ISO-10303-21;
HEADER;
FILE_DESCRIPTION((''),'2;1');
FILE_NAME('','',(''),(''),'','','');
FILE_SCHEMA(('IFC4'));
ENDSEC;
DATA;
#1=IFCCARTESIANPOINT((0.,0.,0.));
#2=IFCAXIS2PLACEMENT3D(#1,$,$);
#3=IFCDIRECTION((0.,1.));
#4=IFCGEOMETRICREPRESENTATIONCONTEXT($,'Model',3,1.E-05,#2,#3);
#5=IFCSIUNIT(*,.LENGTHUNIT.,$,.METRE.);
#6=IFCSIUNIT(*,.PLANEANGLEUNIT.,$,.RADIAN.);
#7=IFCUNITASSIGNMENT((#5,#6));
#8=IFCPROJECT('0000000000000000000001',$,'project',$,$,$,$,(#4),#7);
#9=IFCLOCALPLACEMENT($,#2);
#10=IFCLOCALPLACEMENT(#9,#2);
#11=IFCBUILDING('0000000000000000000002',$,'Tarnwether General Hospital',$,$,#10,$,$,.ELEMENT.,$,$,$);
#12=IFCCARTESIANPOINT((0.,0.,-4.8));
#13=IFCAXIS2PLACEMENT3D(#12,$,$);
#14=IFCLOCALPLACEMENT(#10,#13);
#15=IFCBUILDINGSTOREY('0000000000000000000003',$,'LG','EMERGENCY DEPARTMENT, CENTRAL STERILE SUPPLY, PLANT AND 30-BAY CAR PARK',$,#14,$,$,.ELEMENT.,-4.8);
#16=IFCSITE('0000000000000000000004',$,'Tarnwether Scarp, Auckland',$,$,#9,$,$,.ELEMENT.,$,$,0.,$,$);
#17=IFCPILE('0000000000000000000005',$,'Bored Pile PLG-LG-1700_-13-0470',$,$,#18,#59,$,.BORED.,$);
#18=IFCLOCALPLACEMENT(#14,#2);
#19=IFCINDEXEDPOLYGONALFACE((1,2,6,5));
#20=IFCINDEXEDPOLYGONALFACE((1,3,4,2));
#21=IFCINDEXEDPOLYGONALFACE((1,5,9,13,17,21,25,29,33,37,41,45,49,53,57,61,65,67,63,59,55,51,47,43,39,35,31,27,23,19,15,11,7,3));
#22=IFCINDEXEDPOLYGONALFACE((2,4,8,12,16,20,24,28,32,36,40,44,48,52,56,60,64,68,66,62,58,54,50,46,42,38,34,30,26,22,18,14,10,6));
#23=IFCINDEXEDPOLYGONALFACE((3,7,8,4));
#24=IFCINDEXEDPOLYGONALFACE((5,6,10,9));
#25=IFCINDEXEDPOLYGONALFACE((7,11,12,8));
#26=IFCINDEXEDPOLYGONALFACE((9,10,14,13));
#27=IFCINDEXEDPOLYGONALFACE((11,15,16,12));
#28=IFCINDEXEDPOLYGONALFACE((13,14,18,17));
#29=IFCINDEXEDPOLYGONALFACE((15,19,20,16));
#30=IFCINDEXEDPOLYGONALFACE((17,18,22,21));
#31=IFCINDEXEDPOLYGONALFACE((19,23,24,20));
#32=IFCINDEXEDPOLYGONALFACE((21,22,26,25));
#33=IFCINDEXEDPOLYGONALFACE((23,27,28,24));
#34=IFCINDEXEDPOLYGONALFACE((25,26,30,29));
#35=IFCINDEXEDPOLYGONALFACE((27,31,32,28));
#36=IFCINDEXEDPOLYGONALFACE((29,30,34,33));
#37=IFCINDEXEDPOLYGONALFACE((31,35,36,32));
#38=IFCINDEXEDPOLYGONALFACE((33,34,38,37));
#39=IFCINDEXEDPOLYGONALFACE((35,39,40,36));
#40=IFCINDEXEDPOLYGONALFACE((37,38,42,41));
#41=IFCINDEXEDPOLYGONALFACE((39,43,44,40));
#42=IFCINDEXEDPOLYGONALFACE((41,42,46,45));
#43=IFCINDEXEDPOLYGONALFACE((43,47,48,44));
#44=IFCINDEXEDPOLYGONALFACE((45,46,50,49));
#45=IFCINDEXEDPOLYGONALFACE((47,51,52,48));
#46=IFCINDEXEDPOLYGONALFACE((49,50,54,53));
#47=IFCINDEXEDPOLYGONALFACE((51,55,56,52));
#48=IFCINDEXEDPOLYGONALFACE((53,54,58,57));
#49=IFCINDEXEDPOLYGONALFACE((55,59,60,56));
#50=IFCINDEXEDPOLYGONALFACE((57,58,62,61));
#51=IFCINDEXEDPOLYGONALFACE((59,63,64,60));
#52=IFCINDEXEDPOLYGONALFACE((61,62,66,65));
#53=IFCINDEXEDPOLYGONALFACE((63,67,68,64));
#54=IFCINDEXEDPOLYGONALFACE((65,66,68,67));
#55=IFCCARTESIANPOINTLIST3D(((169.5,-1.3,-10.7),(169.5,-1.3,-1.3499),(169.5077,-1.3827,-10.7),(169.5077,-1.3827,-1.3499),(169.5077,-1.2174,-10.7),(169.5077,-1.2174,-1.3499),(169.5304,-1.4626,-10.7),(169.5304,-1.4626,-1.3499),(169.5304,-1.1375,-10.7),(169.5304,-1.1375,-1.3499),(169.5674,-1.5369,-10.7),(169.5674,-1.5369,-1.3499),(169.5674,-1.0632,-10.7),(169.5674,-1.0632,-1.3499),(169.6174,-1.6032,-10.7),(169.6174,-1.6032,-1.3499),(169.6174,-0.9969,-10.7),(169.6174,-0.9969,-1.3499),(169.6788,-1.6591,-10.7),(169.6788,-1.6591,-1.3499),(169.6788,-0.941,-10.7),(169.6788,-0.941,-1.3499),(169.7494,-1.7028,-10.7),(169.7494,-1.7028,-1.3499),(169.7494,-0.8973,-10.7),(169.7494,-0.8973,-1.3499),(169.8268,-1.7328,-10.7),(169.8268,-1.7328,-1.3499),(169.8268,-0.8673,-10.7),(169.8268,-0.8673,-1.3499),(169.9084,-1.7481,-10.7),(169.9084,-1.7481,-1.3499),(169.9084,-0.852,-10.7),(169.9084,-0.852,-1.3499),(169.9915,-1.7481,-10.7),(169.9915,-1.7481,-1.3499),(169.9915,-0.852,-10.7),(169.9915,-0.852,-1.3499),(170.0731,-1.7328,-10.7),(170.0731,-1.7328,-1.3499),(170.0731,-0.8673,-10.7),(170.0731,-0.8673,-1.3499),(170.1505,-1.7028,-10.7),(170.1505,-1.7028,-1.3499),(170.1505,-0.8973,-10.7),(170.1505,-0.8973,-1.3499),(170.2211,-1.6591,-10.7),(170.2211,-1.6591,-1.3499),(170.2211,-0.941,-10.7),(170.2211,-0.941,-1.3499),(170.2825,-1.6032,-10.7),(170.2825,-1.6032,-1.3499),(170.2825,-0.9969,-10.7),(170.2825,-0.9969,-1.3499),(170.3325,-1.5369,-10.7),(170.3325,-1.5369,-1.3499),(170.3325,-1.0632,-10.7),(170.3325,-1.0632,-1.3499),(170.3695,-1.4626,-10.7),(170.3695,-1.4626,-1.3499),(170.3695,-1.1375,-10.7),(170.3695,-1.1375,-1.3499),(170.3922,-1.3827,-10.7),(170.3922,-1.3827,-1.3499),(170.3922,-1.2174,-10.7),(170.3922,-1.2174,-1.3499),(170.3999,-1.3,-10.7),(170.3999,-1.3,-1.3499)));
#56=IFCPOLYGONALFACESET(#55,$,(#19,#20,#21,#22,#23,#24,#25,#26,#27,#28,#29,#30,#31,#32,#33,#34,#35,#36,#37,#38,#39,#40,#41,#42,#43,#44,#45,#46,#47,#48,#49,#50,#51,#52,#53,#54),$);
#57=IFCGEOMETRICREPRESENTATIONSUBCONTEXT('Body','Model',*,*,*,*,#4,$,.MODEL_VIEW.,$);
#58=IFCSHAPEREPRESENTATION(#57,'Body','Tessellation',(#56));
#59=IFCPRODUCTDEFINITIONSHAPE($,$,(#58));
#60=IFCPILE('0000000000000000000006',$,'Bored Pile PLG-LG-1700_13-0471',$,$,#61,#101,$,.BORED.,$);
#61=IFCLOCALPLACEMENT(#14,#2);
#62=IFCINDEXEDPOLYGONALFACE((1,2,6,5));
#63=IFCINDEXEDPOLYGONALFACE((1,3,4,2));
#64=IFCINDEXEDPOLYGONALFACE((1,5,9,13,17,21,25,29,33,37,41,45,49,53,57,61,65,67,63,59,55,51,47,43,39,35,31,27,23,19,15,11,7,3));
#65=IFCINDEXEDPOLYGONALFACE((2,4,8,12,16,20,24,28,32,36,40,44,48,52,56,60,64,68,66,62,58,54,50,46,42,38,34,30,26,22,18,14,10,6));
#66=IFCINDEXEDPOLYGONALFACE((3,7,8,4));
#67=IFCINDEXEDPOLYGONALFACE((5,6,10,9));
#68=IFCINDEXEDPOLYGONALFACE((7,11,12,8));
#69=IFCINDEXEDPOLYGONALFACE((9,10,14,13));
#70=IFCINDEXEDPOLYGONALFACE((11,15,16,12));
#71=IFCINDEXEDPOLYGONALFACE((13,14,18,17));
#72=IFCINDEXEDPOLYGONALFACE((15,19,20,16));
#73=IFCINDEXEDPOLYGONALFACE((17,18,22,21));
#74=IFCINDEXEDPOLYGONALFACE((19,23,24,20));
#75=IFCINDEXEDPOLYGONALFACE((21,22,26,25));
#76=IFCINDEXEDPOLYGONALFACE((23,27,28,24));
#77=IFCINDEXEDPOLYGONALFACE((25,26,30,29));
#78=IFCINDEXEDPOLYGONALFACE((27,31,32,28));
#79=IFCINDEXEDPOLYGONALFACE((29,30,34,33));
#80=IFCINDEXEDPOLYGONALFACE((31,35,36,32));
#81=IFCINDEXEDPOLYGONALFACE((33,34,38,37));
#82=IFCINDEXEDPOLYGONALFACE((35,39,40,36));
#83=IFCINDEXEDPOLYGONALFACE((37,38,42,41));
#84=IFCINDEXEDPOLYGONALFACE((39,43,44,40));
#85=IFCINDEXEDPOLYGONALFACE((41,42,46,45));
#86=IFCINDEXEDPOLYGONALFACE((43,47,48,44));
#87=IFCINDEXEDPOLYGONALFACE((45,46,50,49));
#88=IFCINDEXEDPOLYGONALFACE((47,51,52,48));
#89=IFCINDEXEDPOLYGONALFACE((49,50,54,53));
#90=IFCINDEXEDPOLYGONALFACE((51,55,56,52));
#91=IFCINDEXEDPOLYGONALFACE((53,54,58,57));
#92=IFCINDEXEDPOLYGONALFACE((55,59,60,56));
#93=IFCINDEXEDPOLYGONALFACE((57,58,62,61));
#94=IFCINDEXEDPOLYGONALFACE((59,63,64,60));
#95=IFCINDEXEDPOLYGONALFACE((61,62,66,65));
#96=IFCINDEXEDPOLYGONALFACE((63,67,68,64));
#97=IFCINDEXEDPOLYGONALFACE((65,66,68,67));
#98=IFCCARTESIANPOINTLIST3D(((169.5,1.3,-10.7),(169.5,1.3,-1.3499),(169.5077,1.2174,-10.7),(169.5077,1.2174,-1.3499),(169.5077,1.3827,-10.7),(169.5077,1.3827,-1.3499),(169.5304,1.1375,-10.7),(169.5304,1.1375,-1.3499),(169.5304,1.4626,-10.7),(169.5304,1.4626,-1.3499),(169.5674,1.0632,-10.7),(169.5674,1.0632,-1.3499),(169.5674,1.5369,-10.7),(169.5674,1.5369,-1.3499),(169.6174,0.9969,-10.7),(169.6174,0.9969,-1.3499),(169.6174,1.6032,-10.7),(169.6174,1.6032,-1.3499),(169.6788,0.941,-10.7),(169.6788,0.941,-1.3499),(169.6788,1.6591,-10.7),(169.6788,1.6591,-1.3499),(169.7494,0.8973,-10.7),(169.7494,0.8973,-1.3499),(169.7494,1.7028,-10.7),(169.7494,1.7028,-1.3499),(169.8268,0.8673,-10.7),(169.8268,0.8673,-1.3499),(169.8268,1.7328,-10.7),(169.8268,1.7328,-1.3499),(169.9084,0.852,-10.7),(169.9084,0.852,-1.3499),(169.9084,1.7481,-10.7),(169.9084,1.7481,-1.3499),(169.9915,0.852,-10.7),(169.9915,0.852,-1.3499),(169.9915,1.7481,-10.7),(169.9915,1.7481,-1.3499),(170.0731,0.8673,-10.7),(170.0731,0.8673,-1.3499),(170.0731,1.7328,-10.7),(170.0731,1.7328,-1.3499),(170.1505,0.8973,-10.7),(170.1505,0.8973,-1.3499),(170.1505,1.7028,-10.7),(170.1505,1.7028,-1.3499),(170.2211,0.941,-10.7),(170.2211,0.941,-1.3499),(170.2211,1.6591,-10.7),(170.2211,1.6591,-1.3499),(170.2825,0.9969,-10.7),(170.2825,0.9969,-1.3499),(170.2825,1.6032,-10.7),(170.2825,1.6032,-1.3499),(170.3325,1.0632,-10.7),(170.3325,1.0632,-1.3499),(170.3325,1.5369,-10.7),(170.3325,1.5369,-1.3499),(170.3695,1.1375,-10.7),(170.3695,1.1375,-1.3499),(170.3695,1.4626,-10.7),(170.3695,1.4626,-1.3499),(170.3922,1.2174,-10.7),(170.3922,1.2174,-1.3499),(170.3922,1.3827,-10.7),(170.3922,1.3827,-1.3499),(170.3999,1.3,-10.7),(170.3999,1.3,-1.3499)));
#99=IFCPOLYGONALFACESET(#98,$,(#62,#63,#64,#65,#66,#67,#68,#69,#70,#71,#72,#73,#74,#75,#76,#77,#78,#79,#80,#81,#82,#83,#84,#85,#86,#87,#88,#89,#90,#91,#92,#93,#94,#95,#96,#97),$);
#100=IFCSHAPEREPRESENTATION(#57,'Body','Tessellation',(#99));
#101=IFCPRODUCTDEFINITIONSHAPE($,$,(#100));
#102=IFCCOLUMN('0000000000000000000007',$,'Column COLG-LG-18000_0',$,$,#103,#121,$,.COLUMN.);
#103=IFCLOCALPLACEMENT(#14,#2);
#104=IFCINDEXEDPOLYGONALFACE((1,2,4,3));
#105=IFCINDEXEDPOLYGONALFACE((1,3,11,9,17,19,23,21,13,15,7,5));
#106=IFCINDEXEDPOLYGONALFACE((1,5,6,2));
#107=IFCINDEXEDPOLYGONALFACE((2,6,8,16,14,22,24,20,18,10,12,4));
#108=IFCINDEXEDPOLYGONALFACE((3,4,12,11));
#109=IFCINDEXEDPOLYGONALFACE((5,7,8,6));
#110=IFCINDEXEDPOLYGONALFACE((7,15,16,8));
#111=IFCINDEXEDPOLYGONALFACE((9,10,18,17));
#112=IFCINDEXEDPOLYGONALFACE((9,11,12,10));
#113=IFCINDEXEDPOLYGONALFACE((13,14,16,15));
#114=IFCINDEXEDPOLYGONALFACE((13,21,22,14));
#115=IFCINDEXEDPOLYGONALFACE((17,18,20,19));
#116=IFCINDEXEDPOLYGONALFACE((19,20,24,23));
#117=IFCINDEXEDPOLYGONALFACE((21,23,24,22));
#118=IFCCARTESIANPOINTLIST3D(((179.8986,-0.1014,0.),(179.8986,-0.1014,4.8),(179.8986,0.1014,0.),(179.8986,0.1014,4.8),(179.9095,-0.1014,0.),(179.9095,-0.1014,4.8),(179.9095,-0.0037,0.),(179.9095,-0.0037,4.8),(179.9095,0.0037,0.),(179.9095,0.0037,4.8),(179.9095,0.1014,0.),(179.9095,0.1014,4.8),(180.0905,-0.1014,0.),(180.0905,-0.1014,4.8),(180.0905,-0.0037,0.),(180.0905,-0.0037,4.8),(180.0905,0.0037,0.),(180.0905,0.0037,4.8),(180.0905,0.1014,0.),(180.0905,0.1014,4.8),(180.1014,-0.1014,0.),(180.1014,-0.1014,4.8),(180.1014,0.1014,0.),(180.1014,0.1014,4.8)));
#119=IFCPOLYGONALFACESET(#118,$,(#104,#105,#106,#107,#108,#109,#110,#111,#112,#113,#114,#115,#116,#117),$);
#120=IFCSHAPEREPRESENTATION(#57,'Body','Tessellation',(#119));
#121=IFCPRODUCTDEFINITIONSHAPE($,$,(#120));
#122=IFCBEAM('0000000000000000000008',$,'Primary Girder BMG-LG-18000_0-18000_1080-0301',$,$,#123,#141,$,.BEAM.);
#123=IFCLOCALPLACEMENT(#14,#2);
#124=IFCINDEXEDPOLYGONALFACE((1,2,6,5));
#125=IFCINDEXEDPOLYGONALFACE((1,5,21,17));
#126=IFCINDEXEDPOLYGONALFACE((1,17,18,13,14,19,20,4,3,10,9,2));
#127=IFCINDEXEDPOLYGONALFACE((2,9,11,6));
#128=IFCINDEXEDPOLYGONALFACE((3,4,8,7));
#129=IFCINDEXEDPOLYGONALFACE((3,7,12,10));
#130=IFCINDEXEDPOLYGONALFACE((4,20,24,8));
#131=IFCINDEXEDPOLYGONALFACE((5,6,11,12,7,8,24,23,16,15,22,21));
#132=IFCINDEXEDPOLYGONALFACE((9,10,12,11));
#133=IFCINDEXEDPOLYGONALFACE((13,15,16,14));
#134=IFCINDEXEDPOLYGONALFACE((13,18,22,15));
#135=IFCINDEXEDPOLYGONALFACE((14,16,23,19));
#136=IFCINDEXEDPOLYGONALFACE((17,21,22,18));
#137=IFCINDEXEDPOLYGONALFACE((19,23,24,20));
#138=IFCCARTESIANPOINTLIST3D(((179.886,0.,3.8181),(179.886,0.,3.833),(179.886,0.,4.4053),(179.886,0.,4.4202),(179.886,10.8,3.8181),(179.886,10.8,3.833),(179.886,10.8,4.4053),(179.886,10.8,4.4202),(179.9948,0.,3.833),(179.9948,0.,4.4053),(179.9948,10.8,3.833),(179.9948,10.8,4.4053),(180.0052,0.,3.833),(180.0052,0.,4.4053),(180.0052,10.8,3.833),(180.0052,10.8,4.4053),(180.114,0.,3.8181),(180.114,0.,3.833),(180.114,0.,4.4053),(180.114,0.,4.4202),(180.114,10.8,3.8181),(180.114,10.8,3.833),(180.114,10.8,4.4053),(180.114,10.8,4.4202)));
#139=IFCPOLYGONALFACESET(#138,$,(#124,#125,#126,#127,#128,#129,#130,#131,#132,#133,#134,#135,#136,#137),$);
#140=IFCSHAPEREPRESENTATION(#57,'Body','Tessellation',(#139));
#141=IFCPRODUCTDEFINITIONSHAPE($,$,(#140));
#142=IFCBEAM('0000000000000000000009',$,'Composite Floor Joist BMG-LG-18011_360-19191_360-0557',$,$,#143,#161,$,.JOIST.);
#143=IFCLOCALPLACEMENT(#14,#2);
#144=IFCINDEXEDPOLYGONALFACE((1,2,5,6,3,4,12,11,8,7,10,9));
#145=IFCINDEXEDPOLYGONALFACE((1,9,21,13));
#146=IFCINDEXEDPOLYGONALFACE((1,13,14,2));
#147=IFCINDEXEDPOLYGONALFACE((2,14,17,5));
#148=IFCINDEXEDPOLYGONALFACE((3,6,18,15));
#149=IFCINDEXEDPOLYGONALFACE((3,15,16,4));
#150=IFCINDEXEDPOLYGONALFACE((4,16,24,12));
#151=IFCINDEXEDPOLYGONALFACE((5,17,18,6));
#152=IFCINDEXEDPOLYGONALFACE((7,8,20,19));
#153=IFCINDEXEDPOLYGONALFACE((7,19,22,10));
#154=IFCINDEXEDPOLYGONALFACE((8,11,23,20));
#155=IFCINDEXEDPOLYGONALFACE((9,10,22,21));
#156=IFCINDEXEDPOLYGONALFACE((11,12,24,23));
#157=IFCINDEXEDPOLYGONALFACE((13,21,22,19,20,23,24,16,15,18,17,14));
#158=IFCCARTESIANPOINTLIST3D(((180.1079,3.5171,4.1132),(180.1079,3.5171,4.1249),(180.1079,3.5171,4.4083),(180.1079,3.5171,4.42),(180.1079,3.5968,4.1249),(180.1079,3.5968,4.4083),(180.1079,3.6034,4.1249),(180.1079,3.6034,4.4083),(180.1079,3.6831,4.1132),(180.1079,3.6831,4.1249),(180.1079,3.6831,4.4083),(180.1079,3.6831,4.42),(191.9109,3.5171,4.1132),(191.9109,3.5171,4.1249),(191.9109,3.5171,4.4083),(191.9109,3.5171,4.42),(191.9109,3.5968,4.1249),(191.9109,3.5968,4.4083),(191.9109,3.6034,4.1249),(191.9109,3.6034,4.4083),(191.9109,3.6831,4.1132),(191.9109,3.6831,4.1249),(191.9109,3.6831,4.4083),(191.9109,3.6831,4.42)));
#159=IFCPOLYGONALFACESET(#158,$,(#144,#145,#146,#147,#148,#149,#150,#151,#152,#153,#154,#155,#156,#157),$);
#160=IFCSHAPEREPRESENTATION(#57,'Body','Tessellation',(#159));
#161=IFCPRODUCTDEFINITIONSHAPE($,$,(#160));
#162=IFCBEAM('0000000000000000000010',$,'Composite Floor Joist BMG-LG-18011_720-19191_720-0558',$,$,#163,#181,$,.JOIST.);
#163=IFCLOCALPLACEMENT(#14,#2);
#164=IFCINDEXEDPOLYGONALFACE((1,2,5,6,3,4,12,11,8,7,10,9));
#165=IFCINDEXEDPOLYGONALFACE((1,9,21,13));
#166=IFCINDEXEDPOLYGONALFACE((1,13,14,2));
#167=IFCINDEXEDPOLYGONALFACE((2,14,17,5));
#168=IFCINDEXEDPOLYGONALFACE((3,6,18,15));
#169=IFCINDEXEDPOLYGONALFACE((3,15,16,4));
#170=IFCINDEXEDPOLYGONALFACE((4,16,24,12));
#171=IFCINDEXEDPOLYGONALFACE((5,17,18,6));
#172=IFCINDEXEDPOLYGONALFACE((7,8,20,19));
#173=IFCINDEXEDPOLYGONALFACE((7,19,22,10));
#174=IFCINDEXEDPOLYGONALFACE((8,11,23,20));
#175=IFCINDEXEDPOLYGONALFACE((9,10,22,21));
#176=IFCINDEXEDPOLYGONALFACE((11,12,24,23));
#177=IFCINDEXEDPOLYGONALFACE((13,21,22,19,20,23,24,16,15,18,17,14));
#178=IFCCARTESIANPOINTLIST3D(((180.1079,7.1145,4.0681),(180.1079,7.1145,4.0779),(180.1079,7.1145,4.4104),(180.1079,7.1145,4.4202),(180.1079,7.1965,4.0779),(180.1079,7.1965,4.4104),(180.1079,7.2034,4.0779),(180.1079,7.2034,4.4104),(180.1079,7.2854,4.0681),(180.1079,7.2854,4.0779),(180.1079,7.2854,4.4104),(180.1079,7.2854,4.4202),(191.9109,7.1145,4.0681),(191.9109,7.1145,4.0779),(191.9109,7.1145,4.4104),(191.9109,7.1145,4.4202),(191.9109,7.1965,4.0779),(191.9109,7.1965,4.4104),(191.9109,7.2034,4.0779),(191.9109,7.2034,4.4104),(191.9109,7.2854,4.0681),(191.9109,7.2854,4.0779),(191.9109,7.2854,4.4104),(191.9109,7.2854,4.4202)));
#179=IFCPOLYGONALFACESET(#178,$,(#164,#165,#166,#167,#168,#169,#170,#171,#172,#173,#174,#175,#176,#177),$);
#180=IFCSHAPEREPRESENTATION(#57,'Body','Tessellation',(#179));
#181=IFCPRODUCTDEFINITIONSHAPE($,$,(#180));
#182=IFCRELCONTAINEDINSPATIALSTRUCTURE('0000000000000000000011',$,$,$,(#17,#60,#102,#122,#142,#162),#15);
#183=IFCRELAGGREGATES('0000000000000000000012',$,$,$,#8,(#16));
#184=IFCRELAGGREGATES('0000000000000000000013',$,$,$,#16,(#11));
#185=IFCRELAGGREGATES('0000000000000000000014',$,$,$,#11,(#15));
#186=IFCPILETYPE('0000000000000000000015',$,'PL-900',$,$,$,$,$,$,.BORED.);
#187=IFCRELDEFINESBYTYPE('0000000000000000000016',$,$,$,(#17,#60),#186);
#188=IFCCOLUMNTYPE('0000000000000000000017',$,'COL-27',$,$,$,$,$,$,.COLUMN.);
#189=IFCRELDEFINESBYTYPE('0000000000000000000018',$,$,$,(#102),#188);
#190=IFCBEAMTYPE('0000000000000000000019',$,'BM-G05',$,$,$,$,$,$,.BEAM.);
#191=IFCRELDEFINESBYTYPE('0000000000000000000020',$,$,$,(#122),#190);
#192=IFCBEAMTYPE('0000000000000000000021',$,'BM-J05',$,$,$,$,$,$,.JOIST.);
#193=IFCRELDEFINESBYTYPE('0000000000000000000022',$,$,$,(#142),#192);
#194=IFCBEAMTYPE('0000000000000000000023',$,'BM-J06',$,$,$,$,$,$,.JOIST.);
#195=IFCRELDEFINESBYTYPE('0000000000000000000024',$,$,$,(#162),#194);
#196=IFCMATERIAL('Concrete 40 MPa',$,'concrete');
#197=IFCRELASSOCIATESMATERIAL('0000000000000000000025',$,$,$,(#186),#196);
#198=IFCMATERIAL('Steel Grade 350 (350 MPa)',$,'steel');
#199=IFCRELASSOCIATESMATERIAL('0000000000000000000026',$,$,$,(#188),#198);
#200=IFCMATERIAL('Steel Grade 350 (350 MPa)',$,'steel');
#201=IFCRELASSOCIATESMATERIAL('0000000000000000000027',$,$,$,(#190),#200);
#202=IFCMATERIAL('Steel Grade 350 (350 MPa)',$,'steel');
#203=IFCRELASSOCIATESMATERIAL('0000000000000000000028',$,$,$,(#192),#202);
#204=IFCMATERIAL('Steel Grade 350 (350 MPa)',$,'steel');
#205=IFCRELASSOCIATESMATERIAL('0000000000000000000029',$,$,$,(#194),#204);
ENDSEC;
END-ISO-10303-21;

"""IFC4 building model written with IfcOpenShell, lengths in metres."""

from ifc_helpers import new_model, si_unit, direction, frame, origin, origin_2d, place, context, subcontext, project, spatial, circle, i_section, extrude, material, material_profile, profile_set, type_object, element, save


model = new_model("IFC4")

# Units and contexts
model_context = context("Model", 3, precision=1e-05, world=origin(), true_north=direction((0.0, 1.0)))
body_context = subcontext(model_context, "Body", "Model", "MODEL_VIEW")
ifc_project = project(units=[si_unit("LENGTHUNIT", "METRE"), si_unit("PLANEANGLEUNIT", "RADIAN")], contexts=[model_context])

# Site, building, storey
site_placement = place(None, origin())
site = spatial("IfcSite", under=ifc_project, at=site_placement, Name="Tarnwether Scarp, Auckland", CompositionType="ELEMENT", RefElevation=0.0)
building_placement = place(site_placement, origin())
building = spatial("IfcBuilding", under=site, at=building_placement, Name="Tarnwether General Hospital", CompositionType="ELEMENT")
storey_placement = place(building_placement, frame((0.0, 0.0, -4.8)))
storey = spatial("IfcBuildingStorey", under=building, at=storey_placement, Name="LG", Description="EMERGENCY DEPARTMENT, CENTRAL STERILE SUPPLY, PLANT AND 30-BAY CAR PARK", CompositionType="ELEMENT", Elevation=-4.8)

# Piles
ifc_material_1 = material(Name="Concrete 40 MPa", Category="concrete")
ifc_material_profile_1 = material_profile(ifc_material_1, circle(Radius=0.45, at=origin_2d()), Name="PILE-D900")
ifc_profile_set_1 = profile_set([ifc_material_profile_1], Name="Concrete 40 MPa")
pile_type_1 = type_object("IfcPileType", Name="PL-900", PredefinedType="BORED", material=ifc_profile_set_1)
for number, where, z_axis, x_axis, name in (
    (1, (169.95, -1.3, -1.3499), (0.0, 0.0, -1.0), (1.0, 0.0, 0.0), "Bored Pile PLG-LG-1700_-13-0470"),
    (2, (169.95, 1.3, -1.3499), (0.0, 0.0, -1.0), (1.0, 0.0, 0.0), "Bored Pile PLG-LG-1700_13-0471"),
):
    element("IfcPile", number, at=place(storey_placement, frame(where, z_axis=z_axis, x_axis=x_axis)), inside=storey, type_object=pile_type_1, Name=name, PredefinedType="BORED", context=body_context, shape_type="SweptSolid", body=[
        extrude(circle(Radius=0.45, at=origin_2d()), origin(), (0.0, 0.0, 1.0), 9.3501),
    ])

# Column
ifc_material_2 = material(Name="Steel Grade 350 (350 MPa)", Category="steel")
ifc_material_profile_2 = material_profile(ifc_material_2, i_section(OverallWidth=0.2029, OverallDepth=0.2029, WebThickness=0.0073, FlangeThickness=0.011, at=origin_2d()), Name="200UC46.2")
ifc_profile_set_2 = profile_set([ifc_material_profile_2], Name="Steel Grade 350 (350 MPa)")
column_type = type_object("IfcColumnType", Name="COL-27", PredefinedType="COLUMN", material=ifc_profile_set_2)
column_placement = place(storey_placement, frame((180.0, 0.0, 0.0), z_axis=(0.0, 0.0, 1.0), x_axis=(0.0, 1.0, 0.0)))
element("IfcColumn", 3, at=column_placement, inside=storey, type_object=column_type, Name="Column COLG-LG-18000_0", PredefinedType="COLUMN", context=body_context, shape_type="SweptSolid", body=[
    extrude(i_section(OverallWidth=0.2029, OverallDepth=0.2029, WebThickness=0.0073, FlangeThickness=0.011, at=origin_2d()), origin(), (0.0, 0.0, 1.0), 4.8),
])

# Beams
ifc_material_3 = material(Name="Steel Grade 350 (350 MPa)", Category="steel")
ifc_material_profile_3 = material_profile(ifc_material_3, i_section(OverallWidth=0.228, OverallDepth=0.6021, WebThickness=0.0105, FlangeThickness=0.0149, at=origin_2d()), Name="610UB101")
ifc_profile_set_3 = profile_set([ifc_material_profile_3], Name="Steel Grade 350 (350 MPa)")
beam_type_1 = type_object("IfcBeamType", Name="BM-G05", PredefinedType="BEAM", material=ifc_profile_set_3)
beam_1_placement = place(storey_placement, frame((180.0, 0.0, 4.1191), z_axis=(0.0, 1.0, 0.0), x_axis=(-1.0, 0.0, 0.0)))
element("IfcBeam", 4, at=beam_1_placement, inside=storey, type_object=beam_type_1, Name="Primary Girder BMG-LG-18000_0-18000_1080-0301", PredefinedType="BEAM", context=body_context, shape_type="SweptSolid", body=[
    extrude(i_section(OverallWidth=0.228, OverallDepth=0.6021, WebThickness=0.0105, FlangeThickness=0.0149, at=origin_2d()), origin(), (0.0, 0.0, 1.0), 10.8),
])
ifc_material_4 = material(Name="Steel Grade 350 (350 MPa)", Category="steel")
ifc_material_profile_4 = material_profile(ifc_material_4, i_section(OverallWidth=0.166, OverallDepth=0.3069, WebThickness=0.0066, FlangeThickness=0.0117, at=origin_2d()), Name="310UB46.2")
ifc_profile_set_4 = profile_set([ifc_material_profile_4], Name="Steel Grade 350 (350 MPa)")
beam_type_2 = type_object("IfcBeamType", Name="BM-J05", PredefinedType="JOIST", material=ifc_profile_set_4)
beam_2_placement = place(storey_placement, frame((180.1079, 3.6001, 4.2666), z_axis=(1.0, 0.0, 0.0), x_axis=(0.0, 1.0, 0.0)))
element("IfcBeam", 5, at=beam_2_placement, inside=storey, type_object=beam_type_2, Name="Composite Floor Joist BMG-LG-18011_360-19191_360-0557", PredefinedType="JOIST", context=body_context, shape_type="SweptSolid", body=[
    extrude(i_section(OverallWidth=0.166, OverallDepth=0.3069, WebThickness=0.0066, FlangeThickness=0.0117, at=origin_2d()), origin(), (0.0, 0.0, 1.0), 11.803),
])
ifc_material_5 = material(Name="Steel Grade 350 (350 MPa)", Category="steel")
ifc_material_profile_5 = material_profile(ifc_material_5, i_section(OverallWidth=0.1709, OverallDepth=0.3521, WebThickness=0.0068, FlangeThickness=0.0098, at=origin_2d()), Name="360UB44.7")
ifc_profile_set_5 = profile_set([ifc_material_profile_5], Name="Steel Grade 350 (350 MPa)")
beam_type_3 = type_object("IfcBeamType", Name="BM-J06", PredefinedType="JOIST", material=ifc_profile_set_5)
beam_3_placement = place(storey_placement, frame((180.1079, 7.2, 4.2441), z_axis=(1.0, 0.0, 0.0), x_axis=(0.0, 1.0, 0.0)))
element("IfcBeam", 6, at=beam_3_placement, inside=storey, type_object=beam_type_3, Name="Composite Floor Joist BMG-LG-18011_720-19191_720-0558", PredefinedType="JOIST", context=body_context, shape_type="SweptSolid", body=[
    extrude(i_section(OverallWidth=0.1709, OverallDepth=0.3521, WebThickness=0.0068, FlangeThickness=0.0098, at=origin_2d()), origin(), (0.0, 0.0, 1.0), 11.803),
])

save(model, "model.ifc")
